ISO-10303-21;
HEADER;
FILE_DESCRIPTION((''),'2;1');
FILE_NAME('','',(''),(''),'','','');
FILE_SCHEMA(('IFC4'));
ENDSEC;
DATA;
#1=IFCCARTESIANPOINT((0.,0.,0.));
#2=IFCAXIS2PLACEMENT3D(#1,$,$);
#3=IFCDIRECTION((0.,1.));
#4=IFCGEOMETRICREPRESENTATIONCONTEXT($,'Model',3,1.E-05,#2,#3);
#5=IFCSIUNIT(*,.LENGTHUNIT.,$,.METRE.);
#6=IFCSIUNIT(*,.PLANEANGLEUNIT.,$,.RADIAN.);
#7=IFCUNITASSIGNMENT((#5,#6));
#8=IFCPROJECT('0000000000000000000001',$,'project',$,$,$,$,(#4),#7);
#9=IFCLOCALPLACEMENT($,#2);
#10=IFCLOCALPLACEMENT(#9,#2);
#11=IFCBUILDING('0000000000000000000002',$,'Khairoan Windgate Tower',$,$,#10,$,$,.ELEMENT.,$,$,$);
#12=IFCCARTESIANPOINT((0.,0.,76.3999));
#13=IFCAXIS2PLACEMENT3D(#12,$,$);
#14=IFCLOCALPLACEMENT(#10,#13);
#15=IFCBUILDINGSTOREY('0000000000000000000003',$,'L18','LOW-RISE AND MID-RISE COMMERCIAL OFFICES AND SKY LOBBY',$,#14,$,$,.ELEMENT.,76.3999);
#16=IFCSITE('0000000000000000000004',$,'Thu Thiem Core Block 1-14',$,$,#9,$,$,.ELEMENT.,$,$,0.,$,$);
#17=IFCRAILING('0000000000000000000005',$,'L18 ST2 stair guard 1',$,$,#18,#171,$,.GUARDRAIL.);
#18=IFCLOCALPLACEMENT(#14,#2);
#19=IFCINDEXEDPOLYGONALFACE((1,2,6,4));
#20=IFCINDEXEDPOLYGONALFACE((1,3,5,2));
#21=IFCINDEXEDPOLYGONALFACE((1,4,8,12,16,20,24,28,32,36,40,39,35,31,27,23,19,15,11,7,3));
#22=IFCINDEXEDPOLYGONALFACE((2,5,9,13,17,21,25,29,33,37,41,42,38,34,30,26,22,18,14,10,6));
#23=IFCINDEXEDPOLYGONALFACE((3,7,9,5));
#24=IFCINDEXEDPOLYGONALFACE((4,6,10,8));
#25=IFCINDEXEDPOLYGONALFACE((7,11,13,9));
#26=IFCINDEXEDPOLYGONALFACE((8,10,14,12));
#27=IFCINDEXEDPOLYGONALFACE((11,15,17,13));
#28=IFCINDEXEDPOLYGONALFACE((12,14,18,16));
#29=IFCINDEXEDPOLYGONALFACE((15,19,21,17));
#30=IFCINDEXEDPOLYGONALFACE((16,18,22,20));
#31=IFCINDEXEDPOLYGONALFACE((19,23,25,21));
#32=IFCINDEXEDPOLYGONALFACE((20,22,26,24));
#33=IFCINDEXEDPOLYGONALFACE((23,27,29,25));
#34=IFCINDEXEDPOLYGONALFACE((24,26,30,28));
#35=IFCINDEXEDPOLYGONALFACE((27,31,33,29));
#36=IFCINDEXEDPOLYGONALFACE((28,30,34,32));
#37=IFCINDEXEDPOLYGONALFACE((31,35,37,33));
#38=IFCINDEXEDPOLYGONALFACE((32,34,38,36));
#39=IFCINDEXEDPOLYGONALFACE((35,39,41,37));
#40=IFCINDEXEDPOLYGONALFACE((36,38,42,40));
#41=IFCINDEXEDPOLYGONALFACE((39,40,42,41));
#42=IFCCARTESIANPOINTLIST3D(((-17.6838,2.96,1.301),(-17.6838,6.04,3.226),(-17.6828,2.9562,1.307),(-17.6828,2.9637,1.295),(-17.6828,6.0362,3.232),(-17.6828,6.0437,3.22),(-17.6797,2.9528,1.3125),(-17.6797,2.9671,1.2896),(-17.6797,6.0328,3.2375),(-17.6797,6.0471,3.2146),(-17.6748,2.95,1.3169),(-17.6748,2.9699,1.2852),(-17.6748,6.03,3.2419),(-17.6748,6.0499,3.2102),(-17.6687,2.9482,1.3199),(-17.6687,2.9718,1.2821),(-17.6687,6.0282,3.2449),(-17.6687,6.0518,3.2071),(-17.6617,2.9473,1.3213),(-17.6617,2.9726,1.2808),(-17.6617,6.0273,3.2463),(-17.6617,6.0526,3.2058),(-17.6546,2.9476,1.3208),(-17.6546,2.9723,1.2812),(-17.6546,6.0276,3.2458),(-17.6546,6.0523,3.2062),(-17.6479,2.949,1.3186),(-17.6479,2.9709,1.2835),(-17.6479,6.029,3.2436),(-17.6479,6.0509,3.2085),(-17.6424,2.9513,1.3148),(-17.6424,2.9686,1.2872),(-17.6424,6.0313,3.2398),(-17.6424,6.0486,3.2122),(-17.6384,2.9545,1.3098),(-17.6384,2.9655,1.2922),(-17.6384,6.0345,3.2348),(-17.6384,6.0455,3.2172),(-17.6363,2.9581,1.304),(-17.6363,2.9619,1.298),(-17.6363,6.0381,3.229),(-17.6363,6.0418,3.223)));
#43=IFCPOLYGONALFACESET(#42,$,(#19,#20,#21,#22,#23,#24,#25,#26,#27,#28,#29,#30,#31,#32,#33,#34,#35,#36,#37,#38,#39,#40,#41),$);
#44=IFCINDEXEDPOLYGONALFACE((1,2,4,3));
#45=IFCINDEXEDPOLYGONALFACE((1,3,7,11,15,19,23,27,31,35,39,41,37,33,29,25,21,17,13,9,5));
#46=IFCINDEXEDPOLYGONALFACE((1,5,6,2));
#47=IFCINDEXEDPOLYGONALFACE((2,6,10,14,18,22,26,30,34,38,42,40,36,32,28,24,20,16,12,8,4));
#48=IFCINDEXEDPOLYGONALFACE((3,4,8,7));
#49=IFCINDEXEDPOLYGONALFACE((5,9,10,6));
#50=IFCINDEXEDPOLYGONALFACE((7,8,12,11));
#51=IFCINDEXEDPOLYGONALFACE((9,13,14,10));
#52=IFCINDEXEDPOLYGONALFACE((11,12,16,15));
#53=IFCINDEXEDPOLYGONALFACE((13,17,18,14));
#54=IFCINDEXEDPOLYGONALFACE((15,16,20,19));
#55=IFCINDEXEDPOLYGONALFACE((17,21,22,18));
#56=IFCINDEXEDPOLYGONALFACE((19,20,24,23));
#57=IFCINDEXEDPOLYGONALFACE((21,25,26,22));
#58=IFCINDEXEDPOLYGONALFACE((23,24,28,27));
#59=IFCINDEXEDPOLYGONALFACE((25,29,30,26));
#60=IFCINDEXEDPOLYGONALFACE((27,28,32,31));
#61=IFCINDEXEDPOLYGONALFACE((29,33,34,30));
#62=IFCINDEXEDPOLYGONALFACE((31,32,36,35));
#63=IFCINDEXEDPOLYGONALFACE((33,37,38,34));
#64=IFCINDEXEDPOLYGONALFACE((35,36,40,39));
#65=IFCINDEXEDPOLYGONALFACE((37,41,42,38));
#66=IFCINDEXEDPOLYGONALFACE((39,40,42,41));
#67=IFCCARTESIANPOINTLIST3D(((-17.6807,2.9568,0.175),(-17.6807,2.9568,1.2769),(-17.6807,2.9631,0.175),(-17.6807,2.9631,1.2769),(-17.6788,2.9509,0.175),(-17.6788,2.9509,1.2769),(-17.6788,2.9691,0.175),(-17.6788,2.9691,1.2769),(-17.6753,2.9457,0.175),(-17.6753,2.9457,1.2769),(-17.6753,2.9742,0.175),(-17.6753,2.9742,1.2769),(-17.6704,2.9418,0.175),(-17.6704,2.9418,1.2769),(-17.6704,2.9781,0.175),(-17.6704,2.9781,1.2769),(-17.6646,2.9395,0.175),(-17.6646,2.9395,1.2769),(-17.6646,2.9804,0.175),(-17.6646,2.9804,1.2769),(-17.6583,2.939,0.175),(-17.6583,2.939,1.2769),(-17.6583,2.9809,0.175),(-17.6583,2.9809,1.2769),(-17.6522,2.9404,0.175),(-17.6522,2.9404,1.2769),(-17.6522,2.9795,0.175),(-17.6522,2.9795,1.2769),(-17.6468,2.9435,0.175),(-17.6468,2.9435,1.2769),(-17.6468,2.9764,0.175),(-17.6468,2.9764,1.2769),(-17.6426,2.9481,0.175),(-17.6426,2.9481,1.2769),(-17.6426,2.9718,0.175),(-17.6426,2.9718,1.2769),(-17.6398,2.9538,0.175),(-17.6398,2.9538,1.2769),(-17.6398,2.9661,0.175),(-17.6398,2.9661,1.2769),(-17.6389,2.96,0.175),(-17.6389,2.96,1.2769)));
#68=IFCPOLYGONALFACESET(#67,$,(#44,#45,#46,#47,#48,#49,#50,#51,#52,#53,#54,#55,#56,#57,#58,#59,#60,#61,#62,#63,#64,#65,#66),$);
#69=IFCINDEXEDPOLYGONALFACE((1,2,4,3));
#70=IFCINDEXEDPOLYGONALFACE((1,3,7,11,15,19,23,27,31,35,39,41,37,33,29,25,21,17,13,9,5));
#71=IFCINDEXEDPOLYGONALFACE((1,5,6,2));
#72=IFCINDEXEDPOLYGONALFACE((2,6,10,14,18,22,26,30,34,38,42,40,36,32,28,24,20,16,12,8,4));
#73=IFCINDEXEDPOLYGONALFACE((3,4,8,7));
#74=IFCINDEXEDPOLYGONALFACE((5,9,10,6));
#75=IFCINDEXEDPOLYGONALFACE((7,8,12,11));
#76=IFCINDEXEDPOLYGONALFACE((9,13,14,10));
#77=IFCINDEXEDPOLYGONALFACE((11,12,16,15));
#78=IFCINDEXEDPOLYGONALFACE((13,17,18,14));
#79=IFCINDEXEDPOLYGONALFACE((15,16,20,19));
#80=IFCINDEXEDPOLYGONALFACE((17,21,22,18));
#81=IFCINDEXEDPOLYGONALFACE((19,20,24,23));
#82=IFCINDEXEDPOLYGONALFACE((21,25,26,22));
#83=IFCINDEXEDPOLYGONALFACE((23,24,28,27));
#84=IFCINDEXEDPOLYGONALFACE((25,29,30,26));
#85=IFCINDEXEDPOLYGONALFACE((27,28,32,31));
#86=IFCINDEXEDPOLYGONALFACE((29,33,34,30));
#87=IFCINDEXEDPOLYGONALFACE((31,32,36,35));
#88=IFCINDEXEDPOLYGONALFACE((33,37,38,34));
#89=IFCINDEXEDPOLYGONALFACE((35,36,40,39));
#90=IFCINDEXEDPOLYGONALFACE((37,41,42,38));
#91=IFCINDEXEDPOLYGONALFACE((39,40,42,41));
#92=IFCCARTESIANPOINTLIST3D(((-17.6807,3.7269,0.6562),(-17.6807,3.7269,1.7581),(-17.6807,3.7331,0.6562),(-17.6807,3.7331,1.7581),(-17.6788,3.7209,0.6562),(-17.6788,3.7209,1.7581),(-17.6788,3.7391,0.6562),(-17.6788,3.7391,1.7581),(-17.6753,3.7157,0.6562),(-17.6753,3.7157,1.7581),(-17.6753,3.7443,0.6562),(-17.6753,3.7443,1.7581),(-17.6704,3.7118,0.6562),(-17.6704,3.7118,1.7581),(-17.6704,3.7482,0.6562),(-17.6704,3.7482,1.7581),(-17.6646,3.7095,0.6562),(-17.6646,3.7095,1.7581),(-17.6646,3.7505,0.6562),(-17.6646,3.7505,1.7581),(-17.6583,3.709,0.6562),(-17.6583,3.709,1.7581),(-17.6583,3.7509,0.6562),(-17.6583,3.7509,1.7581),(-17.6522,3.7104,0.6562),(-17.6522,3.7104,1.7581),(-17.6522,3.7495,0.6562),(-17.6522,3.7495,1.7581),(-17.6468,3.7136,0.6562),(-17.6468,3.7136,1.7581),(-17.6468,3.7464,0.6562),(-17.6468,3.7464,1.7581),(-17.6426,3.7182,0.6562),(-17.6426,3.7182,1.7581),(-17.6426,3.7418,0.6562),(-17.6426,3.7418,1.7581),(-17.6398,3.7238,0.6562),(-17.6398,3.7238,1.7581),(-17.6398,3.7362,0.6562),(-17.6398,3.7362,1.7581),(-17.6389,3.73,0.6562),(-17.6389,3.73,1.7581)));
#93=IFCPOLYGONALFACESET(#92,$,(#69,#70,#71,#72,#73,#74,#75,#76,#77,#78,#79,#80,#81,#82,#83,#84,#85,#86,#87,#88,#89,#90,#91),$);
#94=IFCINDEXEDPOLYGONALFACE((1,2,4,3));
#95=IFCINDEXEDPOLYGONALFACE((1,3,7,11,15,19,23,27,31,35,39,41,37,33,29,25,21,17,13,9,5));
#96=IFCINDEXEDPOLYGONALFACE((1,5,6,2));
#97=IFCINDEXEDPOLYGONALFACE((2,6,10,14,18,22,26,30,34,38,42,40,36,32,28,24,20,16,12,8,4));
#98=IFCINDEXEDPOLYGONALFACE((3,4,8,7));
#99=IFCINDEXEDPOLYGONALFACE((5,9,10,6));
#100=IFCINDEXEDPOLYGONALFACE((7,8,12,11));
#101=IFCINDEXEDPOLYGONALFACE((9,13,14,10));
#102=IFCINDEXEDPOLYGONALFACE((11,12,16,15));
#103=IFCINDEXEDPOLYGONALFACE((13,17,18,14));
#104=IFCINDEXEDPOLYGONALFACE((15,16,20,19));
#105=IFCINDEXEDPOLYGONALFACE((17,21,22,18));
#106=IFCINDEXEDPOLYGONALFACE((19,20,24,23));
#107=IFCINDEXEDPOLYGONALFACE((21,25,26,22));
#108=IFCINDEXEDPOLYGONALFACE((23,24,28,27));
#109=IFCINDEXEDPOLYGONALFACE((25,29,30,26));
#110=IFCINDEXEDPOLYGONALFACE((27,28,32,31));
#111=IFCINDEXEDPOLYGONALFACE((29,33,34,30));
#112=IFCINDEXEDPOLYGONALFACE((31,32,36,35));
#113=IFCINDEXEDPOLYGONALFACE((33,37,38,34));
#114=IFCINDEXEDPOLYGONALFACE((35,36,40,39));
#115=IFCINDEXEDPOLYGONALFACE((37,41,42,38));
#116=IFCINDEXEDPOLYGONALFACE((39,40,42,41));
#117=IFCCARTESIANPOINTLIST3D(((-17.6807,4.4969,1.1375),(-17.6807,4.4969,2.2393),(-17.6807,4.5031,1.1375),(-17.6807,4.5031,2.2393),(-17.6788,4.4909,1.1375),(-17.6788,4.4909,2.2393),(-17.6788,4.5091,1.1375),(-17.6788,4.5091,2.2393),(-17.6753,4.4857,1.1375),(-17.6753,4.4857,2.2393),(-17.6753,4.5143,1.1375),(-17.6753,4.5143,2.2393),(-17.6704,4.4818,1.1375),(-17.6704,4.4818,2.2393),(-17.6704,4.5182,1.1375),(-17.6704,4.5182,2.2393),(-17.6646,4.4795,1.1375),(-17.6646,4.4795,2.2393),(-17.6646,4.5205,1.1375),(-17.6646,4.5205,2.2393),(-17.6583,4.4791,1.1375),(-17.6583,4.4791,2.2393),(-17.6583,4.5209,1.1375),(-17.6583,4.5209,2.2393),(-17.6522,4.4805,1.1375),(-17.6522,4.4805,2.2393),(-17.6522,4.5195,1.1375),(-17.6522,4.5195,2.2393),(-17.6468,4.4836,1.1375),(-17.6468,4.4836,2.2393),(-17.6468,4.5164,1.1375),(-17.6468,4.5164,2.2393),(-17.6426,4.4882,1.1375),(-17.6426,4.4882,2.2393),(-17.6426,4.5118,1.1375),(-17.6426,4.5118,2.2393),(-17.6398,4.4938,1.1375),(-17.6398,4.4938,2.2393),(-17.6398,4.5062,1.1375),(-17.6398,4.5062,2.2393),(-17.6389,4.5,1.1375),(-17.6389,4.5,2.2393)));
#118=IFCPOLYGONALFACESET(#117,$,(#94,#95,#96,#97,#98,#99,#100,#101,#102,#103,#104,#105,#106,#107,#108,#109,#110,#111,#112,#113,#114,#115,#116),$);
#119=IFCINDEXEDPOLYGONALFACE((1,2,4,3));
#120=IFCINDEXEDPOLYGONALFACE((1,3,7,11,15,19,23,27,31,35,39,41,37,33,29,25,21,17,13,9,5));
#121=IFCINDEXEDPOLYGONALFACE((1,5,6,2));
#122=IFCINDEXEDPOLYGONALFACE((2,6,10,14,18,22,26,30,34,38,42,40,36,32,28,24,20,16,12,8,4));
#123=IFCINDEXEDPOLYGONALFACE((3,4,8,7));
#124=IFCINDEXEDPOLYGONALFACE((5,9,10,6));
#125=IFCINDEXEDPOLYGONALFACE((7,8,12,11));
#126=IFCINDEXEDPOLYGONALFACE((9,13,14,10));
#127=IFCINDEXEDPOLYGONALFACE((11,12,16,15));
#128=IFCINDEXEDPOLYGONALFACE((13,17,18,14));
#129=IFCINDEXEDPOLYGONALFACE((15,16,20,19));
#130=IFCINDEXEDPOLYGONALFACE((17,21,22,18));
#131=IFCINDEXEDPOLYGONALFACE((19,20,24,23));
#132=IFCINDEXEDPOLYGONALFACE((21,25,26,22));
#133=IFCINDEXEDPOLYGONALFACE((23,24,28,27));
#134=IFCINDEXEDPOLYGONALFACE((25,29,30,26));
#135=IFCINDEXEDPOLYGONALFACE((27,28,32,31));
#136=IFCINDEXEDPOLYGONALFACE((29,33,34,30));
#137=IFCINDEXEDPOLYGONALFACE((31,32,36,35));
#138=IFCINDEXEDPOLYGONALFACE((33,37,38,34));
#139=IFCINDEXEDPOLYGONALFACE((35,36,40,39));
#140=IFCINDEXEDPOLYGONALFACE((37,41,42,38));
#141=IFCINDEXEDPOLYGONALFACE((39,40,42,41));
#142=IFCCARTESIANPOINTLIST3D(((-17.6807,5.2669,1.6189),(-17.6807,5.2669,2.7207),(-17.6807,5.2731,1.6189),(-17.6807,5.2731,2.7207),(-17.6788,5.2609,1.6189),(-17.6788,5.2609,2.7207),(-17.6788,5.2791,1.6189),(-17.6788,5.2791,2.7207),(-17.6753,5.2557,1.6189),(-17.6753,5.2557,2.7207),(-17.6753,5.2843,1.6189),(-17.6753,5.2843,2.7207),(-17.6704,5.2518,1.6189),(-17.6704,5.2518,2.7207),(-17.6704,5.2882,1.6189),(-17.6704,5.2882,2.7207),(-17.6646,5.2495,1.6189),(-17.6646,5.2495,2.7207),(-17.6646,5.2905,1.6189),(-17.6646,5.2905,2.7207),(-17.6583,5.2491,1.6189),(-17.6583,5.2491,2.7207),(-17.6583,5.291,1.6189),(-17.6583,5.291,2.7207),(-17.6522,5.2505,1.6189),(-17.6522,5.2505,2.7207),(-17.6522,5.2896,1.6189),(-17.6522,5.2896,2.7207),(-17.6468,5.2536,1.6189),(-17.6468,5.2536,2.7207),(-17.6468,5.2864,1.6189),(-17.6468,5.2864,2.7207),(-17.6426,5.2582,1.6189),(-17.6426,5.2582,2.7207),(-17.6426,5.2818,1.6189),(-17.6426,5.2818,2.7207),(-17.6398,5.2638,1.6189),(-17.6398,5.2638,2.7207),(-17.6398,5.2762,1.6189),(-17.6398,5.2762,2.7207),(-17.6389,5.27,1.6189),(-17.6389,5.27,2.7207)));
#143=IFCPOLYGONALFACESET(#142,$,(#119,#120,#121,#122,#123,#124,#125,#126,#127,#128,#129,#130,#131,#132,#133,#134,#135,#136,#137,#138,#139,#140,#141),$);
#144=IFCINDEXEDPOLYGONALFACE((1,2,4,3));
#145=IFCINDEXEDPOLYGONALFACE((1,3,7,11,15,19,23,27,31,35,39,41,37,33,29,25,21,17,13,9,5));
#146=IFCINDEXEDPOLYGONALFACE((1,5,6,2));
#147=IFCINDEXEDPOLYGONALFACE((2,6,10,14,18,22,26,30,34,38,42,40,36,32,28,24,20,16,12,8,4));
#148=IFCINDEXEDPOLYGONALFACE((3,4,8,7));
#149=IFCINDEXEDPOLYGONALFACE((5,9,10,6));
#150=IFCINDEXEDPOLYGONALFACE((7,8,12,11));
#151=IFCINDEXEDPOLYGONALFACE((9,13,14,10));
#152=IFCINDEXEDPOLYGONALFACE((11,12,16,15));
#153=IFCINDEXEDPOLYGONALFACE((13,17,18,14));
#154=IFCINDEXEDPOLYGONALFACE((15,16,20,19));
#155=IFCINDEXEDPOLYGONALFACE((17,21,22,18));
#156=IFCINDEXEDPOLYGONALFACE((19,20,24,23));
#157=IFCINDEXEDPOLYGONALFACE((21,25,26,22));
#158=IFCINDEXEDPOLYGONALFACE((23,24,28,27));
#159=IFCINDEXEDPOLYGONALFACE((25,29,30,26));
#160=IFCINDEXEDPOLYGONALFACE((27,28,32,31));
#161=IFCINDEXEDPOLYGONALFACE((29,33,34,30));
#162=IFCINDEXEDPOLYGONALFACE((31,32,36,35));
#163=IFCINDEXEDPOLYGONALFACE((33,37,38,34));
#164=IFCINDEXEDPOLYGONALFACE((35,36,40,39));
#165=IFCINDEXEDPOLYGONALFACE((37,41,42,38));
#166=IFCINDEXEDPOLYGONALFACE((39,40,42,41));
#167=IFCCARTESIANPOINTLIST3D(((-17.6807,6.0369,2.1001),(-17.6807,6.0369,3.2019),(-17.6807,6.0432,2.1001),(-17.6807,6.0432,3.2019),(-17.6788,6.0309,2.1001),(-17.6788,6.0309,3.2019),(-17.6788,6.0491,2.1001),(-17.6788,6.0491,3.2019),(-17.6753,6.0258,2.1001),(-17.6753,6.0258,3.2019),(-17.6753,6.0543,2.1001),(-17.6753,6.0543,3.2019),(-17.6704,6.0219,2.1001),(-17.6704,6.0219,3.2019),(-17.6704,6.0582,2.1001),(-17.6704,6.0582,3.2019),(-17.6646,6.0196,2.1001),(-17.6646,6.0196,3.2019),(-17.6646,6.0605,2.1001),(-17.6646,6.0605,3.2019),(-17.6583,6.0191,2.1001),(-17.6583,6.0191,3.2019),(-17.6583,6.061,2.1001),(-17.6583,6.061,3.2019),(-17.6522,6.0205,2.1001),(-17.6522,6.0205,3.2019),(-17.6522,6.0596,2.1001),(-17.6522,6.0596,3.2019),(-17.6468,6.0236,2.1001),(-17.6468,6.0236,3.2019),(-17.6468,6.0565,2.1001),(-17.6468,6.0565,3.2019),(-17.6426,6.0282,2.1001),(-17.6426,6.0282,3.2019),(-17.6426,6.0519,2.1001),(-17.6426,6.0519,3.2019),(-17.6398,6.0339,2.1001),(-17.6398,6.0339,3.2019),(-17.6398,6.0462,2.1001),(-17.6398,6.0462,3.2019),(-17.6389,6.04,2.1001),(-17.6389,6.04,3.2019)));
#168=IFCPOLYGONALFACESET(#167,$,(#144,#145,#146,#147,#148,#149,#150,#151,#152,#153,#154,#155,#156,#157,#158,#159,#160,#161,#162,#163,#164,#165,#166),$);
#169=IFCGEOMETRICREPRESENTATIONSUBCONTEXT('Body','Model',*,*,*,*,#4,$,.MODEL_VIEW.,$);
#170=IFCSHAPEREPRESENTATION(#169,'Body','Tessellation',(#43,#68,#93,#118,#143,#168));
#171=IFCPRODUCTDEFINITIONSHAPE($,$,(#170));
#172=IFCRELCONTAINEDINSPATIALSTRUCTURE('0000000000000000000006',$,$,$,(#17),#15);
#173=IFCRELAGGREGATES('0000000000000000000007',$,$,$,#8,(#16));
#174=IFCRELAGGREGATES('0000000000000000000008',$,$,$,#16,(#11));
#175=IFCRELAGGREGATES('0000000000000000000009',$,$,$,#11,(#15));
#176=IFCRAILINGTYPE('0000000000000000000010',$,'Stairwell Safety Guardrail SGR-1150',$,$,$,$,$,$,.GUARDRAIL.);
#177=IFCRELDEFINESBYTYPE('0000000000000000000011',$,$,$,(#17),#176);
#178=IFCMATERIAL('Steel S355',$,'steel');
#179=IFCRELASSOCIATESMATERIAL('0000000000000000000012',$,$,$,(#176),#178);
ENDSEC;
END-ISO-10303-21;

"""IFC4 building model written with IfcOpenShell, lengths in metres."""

from ifc_helpers import new_model, si_unit, direction, frame, origin, origin_2d, place, context, subcontext, project, spatial, circle, extrude, material, type_object, element, save


model = new_model("IFC4")

# Units and contexts
model_context = context("Model", 3, precision=1e-05, world=origin(), true_north=direction((0.0, 1.0)))
body_context = subcontext(model_context, "Body", "Model", "MODEL_VIEW")
ifc_project = project(units=[si_unit("LENGTHUNIT", "METRE"), si_unit("PLANEANGLEUNIT", "RADIAN")], contexts=[model_context])

# Site, building, storey
site_placement = place(None, origin())
site = spatial("IfcSite", under=ifc_project, at=site_placement, Name="Thu Thiem Core Block 1-14", CompositionType="ELEMENT", RefElevation=0.0)
building_placement = place(site_placement, origin())
building = spatial("IfcBuilding", under=site, at=building_placement, Name="Khairoan Windgate Tower", CompositionType="ELEMENT")
storey_placement = place(building_placement, frame((0.0, 0.0, 76.3999)))
storey = spatial("IfcBuildingStorey", under=building, at=storey_placement, Name="L18", Description="LOW-RISE AND MID-RISE COMMERCIAL OFFICES AND SKY LOBBY", CompositionType="ELEMENT", Elevation=76.3999)

# Railing
ifc_material_1 = material(Name="Steel S355", Category="steel")
railing_type_1 = type_object("IfcRailingType", Name="Stairwell Safety Guardrail SGR-1150", PredefinedType="GUARDRAIL", material=ifc_material_1)
railing_1_placement = place(storey_placement, frame((-17.6599, 2.96, 0.175)))
element("IfcRailing", 1, at=railing_1_placement, inside=storey, type_object=railing_type_1, Name="L18 ST2 stair guard 1", PredefinedType="GUARDRAIL", context=body_context, shape_type="SweptSolid", body=[
    extrude(circle(Radius=0.0239, at=origin_2d()), frame((0.0, 0.0, 1.126), z_axis=(0.0, 0.847998, 0.529999), x_axis=(-1.0, 0.0, 0.0)), (0.0, 0.0, 1.0), 3.6321),
    extrude(circle(Radius=0.021, at=origin_2d()), origin(), (0.0, 0.0, 1.0), 1.1018),
    extrude(circle(Radius=0.021, at=origin_2d()), frame((0.0, 0.77, 0.4812)), (0.0, 0.0, 1.0), 1.1018),
    extrude(circle(Radius=0.021, at=origin_2d()), frame((0.0, 1.54, 0.9624)), (0.0, 0.0, 1.0), 1.1018),
    extrude(circle(Radius=0.021, at=origin_2d()), frame((0.0, 2.3101, 1.4438)), (0.0, 0.0, 1.0), 1.1018),
    extrude(circle(Radius=0.021, at=origin_2d()), frame((0.0, 3.0801, 1.925)), (0.0, 0.0, 1.0), 1.1018),
])

save(model, "model.ifc")
